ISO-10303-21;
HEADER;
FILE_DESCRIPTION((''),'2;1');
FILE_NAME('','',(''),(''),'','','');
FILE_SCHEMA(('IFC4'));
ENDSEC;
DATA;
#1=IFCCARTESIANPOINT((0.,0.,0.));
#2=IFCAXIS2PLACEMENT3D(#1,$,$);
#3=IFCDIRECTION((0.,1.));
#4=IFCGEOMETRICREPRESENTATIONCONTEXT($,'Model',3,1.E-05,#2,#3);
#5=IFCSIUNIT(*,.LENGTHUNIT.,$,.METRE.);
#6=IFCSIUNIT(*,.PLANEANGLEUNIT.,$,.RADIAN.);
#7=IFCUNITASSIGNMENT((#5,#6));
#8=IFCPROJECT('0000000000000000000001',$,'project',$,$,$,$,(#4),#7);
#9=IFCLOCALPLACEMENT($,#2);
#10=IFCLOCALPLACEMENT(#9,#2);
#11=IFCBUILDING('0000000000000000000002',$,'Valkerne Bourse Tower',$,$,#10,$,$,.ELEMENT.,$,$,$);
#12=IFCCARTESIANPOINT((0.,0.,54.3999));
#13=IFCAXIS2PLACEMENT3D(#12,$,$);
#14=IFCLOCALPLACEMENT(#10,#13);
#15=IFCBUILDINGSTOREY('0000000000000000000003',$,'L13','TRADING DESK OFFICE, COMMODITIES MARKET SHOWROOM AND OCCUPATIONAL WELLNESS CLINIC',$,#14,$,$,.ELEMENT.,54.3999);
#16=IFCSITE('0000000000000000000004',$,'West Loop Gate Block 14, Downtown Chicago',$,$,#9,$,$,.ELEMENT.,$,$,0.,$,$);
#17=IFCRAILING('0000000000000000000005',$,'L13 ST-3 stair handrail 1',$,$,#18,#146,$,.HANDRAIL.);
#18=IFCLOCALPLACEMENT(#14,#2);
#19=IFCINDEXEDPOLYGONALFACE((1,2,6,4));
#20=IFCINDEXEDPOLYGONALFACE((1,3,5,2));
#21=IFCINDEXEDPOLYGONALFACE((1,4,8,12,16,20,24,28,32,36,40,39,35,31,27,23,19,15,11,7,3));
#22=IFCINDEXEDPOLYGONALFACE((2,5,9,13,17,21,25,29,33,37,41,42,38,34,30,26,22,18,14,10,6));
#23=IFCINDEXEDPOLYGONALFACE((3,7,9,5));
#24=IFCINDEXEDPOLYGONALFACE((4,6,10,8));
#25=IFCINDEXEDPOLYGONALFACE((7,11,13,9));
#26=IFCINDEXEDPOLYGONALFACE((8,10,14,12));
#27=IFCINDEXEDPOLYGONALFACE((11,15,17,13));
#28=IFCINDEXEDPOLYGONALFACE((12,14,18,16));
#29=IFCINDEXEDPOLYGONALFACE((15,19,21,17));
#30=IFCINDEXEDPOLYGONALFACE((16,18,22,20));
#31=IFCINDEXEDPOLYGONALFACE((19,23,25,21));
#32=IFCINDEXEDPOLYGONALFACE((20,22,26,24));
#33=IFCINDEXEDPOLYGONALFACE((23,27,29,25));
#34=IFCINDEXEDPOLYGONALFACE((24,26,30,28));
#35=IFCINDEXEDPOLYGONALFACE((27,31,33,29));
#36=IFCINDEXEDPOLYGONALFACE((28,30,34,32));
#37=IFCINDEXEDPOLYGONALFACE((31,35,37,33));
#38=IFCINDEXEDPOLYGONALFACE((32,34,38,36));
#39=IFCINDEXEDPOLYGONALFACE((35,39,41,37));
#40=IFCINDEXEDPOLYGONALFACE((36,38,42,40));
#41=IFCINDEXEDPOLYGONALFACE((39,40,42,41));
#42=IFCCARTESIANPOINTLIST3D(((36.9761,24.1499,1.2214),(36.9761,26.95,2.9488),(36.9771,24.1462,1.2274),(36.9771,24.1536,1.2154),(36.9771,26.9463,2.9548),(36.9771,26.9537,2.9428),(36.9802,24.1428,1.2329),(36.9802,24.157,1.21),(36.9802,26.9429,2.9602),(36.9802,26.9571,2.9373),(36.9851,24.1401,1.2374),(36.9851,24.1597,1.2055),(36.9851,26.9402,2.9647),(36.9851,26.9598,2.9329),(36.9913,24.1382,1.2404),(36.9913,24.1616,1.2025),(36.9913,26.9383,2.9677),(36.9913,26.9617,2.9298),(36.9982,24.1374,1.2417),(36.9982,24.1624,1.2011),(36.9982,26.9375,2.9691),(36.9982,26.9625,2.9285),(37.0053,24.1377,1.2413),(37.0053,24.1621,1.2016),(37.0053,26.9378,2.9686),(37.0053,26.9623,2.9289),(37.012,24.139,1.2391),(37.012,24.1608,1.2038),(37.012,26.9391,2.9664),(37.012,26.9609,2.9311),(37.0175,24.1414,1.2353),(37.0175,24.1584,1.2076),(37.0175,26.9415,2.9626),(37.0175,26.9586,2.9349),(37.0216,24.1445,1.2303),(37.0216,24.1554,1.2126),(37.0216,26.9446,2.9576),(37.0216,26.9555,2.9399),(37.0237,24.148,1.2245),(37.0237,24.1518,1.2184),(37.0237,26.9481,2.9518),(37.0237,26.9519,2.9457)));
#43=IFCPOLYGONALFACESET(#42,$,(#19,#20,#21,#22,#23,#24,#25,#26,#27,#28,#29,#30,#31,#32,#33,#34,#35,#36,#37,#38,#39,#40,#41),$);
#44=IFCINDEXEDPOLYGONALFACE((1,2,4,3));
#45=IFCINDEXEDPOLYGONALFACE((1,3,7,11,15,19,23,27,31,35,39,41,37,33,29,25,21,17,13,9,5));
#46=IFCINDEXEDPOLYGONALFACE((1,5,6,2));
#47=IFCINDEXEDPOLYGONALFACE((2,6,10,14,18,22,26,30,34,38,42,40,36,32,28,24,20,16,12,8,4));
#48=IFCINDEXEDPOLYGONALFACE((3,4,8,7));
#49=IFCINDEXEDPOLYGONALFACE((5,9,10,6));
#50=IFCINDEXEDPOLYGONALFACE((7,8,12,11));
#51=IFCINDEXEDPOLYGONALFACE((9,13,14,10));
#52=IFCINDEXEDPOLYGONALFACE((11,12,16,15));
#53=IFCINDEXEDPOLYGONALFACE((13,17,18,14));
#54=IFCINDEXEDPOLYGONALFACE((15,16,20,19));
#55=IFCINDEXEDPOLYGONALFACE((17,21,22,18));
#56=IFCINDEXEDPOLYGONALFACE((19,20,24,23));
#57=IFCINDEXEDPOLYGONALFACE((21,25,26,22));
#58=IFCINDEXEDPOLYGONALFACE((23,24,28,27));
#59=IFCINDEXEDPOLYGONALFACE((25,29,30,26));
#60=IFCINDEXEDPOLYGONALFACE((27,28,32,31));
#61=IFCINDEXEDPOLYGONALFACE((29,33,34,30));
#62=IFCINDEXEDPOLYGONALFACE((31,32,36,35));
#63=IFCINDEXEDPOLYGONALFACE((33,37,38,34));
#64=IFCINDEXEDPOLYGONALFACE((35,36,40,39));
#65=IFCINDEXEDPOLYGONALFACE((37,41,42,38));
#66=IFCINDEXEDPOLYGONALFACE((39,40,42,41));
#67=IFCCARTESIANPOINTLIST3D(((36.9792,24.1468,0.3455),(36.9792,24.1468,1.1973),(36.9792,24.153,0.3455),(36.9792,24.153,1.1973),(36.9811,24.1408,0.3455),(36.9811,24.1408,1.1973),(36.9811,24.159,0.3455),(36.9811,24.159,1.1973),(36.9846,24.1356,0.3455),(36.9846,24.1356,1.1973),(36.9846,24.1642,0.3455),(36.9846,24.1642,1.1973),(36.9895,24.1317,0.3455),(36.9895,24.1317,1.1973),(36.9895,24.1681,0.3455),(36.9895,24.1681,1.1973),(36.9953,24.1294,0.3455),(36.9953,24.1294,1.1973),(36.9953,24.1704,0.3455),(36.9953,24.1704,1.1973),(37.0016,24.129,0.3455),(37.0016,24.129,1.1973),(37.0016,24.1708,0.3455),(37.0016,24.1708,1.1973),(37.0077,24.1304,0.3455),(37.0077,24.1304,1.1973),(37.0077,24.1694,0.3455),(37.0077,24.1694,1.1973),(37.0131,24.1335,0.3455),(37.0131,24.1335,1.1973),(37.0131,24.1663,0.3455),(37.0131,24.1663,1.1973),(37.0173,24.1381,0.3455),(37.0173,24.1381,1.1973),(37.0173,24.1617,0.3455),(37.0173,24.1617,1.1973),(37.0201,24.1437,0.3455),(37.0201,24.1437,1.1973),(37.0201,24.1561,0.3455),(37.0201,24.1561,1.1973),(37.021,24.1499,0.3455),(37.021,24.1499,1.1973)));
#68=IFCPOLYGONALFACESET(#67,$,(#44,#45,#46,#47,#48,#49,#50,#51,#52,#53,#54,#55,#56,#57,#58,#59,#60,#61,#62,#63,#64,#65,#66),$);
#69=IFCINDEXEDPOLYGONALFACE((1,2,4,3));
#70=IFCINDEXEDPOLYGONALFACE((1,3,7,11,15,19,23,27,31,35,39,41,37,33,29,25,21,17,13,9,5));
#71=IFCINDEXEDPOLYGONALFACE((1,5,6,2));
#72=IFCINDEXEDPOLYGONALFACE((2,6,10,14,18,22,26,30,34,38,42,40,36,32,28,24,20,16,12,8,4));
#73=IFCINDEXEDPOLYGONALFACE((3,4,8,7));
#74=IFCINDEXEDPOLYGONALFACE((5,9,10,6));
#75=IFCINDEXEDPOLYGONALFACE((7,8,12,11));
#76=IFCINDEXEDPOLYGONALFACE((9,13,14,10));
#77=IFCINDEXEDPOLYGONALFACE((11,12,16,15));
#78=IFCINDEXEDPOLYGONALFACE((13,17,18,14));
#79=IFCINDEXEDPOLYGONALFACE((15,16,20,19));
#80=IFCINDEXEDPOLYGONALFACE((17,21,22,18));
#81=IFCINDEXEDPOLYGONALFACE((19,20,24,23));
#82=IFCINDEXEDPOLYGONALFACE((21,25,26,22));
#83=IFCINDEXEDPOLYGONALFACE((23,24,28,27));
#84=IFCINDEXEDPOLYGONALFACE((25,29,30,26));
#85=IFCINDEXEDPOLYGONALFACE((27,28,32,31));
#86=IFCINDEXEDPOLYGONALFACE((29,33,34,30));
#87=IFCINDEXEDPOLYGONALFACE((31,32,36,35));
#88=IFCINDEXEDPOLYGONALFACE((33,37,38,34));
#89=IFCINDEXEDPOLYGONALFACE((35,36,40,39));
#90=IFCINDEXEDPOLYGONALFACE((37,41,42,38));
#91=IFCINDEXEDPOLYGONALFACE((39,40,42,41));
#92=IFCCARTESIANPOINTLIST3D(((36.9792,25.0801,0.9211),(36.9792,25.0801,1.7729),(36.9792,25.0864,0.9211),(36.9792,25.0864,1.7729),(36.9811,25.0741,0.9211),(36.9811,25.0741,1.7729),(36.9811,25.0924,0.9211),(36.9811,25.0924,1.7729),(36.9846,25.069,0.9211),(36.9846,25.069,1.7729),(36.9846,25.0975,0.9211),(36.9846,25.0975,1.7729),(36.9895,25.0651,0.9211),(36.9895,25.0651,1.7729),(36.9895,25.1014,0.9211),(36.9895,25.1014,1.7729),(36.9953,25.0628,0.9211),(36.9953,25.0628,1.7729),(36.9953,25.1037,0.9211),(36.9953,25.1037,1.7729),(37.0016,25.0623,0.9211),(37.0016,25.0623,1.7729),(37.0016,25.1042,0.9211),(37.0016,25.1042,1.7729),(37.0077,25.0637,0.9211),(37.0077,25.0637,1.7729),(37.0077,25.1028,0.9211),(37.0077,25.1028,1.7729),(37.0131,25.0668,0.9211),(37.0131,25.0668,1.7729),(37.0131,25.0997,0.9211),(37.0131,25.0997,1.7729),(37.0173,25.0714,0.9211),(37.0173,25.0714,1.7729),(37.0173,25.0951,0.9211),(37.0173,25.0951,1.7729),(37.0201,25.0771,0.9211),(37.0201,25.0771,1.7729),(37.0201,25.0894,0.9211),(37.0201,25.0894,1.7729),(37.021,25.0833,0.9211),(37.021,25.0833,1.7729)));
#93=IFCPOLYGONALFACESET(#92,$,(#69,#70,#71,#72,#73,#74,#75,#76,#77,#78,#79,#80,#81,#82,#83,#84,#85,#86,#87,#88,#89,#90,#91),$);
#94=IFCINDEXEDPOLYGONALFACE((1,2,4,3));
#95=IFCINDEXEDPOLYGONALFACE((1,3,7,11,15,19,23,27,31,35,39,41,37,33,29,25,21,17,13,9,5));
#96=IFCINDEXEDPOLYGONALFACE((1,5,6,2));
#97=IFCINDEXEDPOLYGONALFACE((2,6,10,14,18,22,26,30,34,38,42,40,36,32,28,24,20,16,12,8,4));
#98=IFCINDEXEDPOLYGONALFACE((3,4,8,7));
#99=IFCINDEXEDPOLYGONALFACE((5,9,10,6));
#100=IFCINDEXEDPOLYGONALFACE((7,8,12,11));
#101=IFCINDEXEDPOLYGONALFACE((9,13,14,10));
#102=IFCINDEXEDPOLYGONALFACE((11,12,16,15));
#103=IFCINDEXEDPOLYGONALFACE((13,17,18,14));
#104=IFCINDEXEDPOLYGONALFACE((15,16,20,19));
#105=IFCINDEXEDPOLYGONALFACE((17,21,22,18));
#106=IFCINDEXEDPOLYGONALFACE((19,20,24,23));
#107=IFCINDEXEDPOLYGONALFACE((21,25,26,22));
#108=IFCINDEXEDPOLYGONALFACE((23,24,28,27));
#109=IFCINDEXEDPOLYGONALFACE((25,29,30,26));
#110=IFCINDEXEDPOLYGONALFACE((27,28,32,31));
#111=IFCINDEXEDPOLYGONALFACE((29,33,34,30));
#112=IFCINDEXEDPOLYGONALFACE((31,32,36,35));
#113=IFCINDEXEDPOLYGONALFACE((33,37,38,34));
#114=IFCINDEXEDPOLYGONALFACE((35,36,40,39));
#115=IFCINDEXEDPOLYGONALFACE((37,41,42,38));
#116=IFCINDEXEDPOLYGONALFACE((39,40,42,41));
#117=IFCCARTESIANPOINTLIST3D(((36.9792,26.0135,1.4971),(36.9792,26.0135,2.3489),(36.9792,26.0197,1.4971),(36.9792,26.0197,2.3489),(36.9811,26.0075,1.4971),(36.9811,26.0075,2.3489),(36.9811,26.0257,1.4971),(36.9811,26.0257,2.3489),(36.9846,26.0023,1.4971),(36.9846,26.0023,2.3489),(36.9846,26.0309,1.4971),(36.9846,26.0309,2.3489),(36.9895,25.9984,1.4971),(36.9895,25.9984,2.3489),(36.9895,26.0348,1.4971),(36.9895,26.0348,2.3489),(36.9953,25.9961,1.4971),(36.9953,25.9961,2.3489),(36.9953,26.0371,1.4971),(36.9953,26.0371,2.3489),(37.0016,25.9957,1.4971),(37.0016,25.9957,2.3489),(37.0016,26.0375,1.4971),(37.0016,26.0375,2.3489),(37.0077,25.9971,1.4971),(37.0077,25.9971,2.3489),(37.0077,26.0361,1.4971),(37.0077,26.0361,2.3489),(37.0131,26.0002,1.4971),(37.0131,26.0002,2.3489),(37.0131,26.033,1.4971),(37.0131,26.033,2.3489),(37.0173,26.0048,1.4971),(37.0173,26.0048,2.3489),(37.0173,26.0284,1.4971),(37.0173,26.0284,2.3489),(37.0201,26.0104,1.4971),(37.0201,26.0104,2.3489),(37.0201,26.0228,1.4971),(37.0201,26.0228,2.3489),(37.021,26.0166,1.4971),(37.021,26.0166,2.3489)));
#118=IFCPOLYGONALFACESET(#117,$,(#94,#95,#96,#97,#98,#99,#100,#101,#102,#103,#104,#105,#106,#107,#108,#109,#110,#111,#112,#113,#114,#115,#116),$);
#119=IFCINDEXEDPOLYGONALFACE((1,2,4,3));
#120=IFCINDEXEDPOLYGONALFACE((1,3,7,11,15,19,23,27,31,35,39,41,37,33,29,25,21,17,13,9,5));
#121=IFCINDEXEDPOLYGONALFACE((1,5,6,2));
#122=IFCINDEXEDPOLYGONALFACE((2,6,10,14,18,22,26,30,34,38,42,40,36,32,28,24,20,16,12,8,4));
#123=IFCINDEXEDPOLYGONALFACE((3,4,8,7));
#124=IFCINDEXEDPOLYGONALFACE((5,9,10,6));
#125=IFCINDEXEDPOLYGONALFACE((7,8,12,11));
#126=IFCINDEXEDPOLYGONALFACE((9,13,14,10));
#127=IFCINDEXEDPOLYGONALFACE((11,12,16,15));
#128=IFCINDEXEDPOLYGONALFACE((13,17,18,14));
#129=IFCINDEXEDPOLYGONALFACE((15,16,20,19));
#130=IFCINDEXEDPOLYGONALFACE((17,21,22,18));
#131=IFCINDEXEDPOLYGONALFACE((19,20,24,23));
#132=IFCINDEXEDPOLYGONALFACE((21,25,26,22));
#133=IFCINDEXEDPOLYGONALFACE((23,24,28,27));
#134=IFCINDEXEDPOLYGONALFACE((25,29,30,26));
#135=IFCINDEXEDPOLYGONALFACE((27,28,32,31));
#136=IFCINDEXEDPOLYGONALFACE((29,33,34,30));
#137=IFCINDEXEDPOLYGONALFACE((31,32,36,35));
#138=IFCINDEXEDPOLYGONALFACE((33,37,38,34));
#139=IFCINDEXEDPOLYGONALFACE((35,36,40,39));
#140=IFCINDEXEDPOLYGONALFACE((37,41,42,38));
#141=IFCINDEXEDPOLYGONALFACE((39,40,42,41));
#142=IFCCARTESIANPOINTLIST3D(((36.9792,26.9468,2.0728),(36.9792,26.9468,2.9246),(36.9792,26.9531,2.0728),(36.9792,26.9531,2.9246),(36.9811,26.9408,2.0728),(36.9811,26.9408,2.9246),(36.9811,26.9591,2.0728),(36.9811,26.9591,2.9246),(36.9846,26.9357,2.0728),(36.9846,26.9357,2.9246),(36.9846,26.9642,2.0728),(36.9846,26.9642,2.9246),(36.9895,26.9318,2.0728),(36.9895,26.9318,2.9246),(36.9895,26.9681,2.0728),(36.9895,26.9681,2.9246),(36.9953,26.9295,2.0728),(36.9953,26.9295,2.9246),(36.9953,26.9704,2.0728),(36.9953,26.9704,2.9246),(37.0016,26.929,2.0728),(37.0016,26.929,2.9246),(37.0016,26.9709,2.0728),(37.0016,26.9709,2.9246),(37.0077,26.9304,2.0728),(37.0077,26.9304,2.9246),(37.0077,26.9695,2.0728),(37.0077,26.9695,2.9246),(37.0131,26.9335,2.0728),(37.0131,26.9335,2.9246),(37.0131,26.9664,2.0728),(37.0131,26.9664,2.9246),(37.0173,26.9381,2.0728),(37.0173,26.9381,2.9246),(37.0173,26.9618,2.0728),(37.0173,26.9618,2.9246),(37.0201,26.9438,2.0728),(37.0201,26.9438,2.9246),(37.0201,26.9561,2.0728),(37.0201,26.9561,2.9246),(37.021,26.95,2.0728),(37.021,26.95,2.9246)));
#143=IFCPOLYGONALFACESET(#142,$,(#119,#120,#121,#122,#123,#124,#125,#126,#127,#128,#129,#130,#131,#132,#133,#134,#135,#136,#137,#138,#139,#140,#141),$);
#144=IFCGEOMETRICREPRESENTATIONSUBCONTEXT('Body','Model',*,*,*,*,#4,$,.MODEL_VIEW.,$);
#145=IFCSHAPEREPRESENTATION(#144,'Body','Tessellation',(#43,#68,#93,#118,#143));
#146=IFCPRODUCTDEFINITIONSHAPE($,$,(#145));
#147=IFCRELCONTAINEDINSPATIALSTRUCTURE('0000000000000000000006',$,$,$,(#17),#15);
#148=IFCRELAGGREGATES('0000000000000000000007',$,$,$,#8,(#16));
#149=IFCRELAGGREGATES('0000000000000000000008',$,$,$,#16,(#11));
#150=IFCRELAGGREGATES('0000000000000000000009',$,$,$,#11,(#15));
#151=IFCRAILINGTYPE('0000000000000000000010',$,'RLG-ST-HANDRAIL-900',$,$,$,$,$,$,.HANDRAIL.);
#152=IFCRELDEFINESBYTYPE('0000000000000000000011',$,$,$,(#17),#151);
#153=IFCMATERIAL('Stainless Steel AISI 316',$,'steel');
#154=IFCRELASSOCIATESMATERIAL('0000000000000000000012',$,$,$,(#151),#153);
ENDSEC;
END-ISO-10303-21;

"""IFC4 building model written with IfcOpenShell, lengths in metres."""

from ifc_helpers import new_model, si_unit, direction, frame, origin, origin_2d, place, context, subcontext, project, spatial, circle, extrude, material, type_object, element, save


model = new_model("IFC4")

# Units and contexts
model_context = context("Model", 3, precision=1e-05, world=origin(), true_north=direction((0.0, 1.0)))
body_context = subcontext(model_context, "Body", "Model", "MODEL_VIEW")
ifc_project = project(units=[si_unit("LENGTHUNIT", "METRE"), si_unit("PLANEANGLEUNIT", "RADIAN")], contexts=[model_context])

# Site, building, storey
site_placement = place(None, origin())
site = spatial("IfcSite", under=ifc_project, at=site_placement, Name="West Loop Gate Block 14, Downtown Chicago", CompositionType="ELEMENT", RefElevation=0.0)
building_placement = place(site_placement, origin())
building = spatial("IfcBuilding", under=site, at=building_placement, Name="Valkerne Bourse Tower", CompositionType="ELEMENT")
storey_placement = place(building_placement, frame((0.0, 0.0, 54.3999)))
storey = spatial("IfcBuildingStorey", under=building, at=storey_placement, Name="L13", Description="TRADING DESK OFFICE, COMMODITIES MARKET SHOWROOM AND OCCUPATIONAL WELLNESS CLINIC", CompositionType="ELEMENT", Elevation=54.3999)

# Railing
ifc_material_1 = material(Name="Stainless Steel AISI 316", Category="steel")
railing_type_1 = type_object("IfcRailingType", Name="RLG-ST-HANDRAIL-900", PredefinedType="HANDRAIL", material=ifc_material_1)
railing_1_placement = place(storey_placement, frame((37.0, 24.1499, 0.3455)))
element("IfcRailing", 1, at=railing_1_placement, inside=storey, type_object=railing_type_1, Name="L13 ST-3 stair handrail 1", PredefinedType="HANDRAIL", context=body_context, shape_type="SweptSolid", body=[
    extrude(circle(Radius=0.0239, at=origin_2d()), frame((0.0, 0.0, 0.876), z_axis=(0.0, 0.85109, 0.52502), x_axis=(-1.0, 0.0, 0.0)), (0.0, 0.0, 1.0), 3.29),
    extrude(circle(Radius=0.021, at=origin_2d()), origin(), (0.0, 0.0, 1.0), 0.8518),
    extrude(circle(Radius=0.021, at=origin_2d()), frame((0.0, 0.9333, 0.5757)), (0.0, 0.0, 1.0), 0.8518),
    extrude(circle(Radius=0.021, at=origin_2d()), frame((0.0, 1.8667, 1.1516)), (0.0, 0.0, 1.0), 0.8518),
    extrude(circle(Radius=0.021, at=origin_2d()), frame((0.0, 2.8, 1.7273)), (0.0, 0.0, 1.0), 0.8518),
])

save(model, "model.ifc")
